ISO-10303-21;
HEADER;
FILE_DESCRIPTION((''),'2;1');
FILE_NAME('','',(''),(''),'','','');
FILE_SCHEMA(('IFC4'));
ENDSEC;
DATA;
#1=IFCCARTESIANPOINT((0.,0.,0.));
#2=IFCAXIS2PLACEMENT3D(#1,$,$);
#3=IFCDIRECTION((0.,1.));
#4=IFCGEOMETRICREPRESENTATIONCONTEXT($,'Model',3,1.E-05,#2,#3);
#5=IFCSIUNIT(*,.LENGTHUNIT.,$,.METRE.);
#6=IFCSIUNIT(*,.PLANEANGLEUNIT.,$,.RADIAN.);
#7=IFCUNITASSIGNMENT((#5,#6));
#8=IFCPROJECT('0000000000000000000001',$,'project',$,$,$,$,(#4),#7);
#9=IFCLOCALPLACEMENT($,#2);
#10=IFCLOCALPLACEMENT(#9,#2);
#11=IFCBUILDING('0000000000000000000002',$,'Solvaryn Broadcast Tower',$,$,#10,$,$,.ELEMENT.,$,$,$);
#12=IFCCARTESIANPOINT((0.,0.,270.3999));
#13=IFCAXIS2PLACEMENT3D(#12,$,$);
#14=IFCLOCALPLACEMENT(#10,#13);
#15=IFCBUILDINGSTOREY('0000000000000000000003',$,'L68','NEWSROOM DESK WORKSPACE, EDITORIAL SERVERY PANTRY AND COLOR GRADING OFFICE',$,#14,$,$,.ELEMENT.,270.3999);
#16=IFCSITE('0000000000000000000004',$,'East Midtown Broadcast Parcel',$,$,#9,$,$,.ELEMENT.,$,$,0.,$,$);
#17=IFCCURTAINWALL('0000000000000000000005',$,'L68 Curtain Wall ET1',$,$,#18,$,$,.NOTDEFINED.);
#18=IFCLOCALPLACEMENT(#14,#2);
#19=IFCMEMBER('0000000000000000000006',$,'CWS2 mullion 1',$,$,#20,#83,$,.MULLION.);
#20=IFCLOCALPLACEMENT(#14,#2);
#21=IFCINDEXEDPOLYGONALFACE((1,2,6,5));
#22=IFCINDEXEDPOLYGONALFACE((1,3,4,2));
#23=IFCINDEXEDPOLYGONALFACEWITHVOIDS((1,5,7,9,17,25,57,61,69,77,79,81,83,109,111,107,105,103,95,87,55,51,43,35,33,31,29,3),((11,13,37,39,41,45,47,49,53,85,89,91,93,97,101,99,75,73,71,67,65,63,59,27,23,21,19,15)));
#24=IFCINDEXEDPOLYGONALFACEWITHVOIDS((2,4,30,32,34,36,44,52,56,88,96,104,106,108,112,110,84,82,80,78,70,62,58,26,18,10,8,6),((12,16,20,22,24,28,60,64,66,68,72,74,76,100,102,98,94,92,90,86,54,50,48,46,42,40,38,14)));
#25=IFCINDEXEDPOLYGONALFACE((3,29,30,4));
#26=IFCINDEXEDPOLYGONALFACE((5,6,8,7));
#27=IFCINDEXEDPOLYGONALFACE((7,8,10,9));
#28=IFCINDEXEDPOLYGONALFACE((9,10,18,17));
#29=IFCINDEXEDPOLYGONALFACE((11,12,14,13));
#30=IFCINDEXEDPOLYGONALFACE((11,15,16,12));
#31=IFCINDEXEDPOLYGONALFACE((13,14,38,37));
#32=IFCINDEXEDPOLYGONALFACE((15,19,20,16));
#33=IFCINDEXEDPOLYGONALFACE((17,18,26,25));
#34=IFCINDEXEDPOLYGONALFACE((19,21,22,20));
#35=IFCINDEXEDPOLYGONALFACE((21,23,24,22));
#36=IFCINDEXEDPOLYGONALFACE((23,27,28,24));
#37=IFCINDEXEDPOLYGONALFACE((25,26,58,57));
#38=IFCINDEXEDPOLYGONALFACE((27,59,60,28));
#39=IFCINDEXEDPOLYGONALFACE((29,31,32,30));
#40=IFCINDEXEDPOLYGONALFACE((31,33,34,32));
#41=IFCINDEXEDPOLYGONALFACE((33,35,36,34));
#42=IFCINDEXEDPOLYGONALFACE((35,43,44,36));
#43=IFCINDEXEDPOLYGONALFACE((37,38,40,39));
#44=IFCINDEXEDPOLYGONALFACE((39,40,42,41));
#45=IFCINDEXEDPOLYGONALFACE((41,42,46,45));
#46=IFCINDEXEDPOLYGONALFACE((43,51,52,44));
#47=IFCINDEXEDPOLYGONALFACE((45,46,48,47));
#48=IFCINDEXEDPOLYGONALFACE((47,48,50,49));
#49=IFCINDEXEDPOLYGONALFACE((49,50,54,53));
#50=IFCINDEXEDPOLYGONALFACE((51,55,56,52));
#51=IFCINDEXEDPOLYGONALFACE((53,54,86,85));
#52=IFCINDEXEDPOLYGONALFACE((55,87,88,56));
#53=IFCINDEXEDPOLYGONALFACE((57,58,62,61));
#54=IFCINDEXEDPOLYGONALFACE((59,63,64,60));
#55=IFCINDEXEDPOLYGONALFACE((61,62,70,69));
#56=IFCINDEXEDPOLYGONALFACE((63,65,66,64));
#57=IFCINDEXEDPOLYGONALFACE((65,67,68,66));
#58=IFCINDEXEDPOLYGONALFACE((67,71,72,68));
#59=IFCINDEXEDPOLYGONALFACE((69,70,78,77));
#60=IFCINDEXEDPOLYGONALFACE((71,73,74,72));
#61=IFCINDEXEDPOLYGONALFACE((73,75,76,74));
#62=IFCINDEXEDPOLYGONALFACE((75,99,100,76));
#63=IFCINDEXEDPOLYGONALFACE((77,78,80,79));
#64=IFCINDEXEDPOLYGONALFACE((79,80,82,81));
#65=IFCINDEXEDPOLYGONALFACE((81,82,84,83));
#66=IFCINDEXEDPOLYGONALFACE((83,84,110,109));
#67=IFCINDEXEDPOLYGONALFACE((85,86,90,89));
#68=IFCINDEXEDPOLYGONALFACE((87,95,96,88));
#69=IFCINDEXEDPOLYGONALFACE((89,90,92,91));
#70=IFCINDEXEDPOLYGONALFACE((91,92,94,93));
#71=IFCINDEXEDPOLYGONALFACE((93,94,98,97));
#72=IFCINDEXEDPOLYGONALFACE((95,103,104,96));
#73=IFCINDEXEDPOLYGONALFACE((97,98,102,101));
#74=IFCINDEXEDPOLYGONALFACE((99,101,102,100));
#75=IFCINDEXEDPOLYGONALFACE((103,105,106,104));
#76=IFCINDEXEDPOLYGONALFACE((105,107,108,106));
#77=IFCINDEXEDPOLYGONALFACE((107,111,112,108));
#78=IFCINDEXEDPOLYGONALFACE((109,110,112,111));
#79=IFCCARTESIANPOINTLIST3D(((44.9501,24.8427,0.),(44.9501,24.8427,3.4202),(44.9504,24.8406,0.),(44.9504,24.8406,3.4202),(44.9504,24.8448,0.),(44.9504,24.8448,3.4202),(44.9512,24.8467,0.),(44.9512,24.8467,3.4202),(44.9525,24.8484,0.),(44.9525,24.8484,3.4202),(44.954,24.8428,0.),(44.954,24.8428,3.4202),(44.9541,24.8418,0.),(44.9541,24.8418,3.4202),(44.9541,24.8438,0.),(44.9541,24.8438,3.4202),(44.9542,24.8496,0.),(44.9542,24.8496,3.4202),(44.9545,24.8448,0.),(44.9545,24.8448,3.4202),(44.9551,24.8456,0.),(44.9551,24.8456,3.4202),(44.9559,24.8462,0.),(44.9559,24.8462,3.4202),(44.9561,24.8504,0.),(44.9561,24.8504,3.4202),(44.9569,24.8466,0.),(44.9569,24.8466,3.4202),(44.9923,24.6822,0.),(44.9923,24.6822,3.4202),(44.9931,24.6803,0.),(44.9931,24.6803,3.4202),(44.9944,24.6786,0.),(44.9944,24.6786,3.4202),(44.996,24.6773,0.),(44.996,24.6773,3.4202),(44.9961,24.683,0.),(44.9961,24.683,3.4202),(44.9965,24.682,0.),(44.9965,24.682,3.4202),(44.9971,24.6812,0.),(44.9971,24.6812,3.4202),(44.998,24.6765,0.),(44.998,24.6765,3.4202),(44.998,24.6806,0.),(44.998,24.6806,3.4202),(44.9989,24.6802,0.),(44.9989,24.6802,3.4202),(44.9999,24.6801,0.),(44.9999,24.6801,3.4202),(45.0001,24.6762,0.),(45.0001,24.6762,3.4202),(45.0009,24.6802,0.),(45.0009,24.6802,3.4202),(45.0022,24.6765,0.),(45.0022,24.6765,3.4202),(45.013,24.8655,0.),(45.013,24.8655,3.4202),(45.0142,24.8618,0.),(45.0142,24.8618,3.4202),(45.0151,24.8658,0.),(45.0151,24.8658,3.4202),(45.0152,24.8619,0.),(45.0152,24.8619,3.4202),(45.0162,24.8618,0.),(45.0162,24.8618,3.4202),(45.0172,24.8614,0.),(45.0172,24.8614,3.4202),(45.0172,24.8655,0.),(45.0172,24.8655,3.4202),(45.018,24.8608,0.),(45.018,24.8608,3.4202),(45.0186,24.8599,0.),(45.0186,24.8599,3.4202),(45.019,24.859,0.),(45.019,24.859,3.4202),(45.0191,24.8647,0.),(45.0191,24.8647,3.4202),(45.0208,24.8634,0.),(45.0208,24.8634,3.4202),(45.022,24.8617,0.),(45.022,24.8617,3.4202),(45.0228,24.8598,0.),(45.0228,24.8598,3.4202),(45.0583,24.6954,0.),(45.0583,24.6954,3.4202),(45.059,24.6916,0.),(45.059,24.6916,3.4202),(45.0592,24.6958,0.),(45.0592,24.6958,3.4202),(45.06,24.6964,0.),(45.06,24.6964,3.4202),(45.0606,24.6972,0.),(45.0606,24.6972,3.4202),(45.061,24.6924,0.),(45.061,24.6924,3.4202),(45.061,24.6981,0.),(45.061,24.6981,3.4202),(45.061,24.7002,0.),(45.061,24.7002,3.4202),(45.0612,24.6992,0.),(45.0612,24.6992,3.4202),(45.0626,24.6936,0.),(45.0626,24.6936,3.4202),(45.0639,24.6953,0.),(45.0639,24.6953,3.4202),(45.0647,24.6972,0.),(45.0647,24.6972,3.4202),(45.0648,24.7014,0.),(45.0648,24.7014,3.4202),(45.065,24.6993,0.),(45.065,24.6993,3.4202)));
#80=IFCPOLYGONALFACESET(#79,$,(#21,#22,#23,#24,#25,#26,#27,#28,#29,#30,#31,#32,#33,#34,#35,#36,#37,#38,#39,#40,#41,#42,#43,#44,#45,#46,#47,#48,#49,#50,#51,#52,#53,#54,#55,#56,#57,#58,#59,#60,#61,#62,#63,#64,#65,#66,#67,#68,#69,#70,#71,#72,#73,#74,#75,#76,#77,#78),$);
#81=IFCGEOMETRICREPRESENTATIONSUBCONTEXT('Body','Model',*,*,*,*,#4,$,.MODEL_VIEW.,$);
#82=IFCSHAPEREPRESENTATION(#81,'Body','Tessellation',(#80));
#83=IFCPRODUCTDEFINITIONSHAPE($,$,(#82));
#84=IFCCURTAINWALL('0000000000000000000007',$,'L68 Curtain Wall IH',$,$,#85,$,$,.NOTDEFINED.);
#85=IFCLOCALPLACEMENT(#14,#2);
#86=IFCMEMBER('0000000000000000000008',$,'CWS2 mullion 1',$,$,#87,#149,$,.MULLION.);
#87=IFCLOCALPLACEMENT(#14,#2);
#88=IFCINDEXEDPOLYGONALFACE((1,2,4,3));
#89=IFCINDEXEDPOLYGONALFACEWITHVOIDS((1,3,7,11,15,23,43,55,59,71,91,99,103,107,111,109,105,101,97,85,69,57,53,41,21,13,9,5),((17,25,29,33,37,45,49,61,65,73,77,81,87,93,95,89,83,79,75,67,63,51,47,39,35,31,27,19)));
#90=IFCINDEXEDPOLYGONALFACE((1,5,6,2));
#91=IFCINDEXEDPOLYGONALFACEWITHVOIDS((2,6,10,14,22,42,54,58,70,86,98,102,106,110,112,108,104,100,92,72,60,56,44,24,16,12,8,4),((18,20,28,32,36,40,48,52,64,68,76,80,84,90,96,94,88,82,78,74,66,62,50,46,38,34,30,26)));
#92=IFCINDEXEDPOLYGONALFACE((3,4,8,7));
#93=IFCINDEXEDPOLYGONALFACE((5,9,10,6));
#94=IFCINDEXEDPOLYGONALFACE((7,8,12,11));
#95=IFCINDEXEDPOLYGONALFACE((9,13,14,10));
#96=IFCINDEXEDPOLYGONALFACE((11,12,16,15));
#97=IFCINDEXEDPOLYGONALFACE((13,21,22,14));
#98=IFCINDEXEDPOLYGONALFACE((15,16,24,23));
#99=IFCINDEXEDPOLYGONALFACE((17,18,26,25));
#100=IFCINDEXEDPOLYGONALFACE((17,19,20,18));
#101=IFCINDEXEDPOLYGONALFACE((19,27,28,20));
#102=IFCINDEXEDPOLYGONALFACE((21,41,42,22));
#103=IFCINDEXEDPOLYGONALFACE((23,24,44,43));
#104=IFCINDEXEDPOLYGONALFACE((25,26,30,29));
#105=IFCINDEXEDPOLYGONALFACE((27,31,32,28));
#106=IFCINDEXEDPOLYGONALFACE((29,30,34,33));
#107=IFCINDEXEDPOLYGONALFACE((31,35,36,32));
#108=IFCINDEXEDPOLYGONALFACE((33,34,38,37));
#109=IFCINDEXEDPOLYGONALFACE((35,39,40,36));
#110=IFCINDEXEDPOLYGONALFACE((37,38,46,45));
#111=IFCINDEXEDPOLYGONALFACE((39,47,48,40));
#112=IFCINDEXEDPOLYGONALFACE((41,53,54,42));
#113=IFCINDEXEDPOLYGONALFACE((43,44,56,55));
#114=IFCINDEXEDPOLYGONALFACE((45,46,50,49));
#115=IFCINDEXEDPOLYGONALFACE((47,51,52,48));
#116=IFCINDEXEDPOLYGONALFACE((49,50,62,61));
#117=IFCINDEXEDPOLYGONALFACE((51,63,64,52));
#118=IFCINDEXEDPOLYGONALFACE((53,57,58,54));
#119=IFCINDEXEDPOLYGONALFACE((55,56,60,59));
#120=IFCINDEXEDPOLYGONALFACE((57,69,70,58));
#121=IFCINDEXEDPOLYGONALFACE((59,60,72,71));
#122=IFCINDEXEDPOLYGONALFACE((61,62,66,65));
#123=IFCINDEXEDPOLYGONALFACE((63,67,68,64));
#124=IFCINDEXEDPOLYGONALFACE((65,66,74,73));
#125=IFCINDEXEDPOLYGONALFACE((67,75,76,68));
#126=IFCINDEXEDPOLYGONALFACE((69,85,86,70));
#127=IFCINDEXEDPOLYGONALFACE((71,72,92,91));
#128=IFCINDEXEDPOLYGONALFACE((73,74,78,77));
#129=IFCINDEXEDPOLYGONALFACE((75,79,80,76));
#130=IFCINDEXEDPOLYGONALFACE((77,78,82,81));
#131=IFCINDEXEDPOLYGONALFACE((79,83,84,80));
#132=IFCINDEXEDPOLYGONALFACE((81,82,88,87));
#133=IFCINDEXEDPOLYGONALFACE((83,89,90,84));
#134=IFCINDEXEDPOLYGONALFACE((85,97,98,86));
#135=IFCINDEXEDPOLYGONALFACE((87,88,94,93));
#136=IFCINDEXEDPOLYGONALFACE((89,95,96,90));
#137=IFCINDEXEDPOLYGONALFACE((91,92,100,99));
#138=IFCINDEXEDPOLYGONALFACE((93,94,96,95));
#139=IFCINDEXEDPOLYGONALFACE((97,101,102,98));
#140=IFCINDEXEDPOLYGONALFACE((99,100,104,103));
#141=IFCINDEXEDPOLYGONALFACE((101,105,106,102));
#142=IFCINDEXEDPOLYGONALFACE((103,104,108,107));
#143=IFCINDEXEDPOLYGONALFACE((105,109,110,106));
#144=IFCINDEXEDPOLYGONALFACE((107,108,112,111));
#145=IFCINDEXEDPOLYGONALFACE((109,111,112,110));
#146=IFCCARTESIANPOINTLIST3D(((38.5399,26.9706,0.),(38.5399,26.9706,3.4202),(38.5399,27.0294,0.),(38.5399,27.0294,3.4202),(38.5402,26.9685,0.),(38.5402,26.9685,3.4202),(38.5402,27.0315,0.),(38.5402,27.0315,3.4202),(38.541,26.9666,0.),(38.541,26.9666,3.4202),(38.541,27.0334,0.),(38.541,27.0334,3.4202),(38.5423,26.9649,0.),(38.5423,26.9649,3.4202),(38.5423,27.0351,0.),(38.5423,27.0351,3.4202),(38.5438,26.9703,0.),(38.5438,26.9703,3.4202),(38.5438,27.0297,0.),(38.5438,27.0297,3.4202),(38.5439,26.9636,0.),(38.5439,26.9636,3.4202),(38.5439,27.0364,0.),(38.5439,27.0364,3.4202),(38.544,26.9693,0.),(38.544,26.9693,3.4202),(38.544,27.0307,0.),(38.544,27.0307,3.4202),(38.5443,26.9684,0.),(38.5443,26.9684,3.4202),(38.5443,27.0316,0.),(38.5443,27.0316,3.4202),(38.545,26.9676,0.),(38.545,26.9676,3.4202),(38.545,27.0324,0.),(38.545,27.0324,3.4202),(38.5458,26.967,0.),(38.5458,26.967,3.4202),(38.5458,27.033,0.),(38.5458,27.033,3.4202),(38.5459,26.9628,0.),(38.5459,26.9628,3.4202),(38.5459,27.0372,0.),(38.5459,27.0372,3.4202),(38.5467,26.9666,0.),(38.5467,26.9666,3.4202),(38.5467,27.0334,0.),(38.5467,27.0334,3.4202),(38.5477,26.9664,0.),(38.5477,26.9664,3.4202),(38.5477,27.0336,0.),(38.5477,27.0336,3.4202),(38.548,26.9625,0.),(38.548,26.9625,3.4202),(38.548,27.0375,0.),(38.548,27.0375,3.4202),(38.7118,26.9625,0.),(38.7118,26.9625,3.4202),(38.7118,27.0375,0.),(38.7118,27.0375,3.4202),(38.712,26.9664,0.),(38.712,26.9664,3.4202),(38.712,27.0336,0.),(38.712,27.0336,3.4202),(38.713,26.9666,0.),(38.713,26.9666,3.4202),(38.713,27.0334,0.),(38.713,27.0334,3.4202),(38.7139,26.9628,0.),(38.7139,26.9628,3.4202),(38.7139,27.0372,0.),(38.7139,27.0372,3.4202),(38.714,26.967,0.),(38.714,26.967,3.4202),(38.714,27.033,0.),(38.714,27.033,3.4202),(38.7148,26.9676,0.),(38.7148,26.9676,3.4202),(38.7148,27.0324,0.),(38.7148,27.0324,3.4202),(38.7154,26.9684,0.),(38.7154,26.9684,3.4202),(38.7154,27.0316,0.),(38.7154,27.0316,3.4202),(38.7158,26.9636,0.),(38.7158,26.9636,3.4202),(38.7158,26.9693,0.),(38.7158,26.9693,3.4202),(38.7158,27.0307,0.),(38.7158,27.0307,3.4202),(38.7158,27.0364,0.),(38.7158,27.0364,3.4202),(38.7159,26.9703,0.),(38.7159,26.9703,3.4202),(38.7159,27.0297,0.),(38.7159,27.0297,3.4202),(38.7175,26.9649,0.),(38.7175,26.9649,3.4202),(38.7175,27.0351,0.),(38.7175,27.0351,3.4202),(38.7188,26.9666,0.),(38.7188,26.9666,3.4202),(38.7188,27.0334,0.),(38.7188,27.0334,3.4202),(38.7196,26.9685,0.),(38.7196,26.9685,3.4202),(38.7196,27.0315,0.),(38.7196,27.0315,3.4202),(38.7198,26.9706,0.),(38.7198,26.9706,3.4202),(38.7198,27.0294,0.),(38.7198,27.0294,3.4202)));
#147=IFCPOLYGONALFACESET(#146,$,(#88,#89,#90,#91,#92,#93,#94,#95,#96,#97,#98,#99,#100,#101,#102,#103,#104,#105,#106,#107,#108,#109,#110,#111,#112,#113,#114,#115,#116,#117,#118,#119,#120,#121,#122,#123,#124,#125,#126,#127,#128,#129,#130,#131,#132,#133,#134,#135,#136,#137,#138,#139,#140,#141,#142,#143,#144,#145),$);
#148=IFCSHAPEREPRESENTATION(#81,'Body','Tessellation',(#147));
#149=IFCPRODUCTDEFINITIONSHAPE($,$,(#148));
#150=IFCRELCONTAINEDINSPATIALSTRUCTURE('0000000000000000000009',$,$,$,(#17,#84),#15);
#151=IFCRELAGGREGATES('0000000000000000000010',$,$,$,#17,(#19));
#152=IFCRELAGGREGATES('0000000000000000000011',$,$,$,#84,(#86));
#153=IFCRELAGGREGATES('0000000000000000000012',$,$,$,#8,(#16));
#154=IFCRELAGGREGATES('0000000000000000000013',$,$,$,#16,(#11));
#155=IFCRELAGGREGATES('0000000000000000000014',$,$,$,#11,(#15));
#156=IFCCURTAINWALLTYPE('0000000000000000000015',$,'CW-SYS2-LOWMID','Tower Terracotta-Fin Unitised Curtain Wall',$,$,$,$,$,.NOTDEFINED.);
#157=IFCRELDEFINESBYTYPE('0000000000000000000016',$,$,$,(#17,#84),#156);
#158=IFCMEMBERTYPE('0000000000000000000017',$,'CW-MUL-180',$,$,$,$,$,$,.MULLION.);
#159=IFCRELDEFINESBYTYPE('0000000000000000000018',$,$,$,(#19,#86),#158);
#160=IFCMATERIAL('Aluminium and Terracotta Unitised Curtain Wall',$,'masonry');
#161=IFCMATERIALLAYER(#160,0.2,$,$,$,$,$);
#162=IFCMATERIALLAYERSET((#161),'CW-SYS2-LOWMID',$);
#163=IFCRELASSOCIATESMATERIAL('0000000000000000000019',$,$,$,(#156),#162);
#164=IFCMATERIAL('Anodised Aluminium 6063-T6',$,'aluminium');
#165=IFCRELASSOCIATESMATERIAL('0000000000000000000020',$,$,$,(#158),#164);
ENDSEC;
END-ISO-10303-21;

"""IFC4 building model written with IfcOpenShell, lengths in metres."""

from ifc_helpers import new_model, si_unit, direction, frame, origin, origin_2d, place, context, subcontext, project, spatial, hollow_rectangle, extrude, material, layer, layer_set, material_profile, profile_set, type_object, element, aggregate, save


model = new_model("IFC4")

# Units and contexts
model_context = context("Model", 3, precision=1e-05, world=origin(), true_north=direction((0.0, 1.0)))
body_context = subcontext(model_context, "Body", "Model", "MODEL_VIEW")
ifc_project = project(units=[si_unit("LENGTHUNIT", "METRE"), si_unit("PLANEANGLEUNIT", "RADIAN")], contexts=[model_context])

# Site, building, storey
site_placement = place(None, origin())
site = spatial("IfcSite", under=ifc_project, at=site_placement, Name="East Midtown Broadcast Parcel", CompositionType="ELEMENT", RefElevation=0.0)
building_placement = place(site_placement, origin())
building = spatial("IfcBuilding", under=site, at=building_placement, Name="Solvaryn Broadcast Tower", CompositionType="ELEMENT")
storey_placement = place(building_placement, frame((0.0, 0.0, 270.3999)))
storey = spatial("IfcBuildingStorey", under=building, at=storey_placement, Name="L68", Description="NEWSROOM DESK WORKSPACE, EDITORIAL SERVERY PANTRY AND COLOR GRADING OFFICE", CompositionType="ELEMENT", Elevation=270.3999)

# Curtain wall, member
ifc_material_1 = material(Name="Aluminium and Terracotta Unitised Curtain Wall", Category="masonry")
ifc_layer_1 = layer(ifc_material_1, 0.2)
ifc_layer_set_1 = layer_set([ifc_layer_1], Name="CW-SYS2-LOWMID")
curtain_wall_type = type_object("IfcCurtainWallType", Name="CW-SYS2-LOWMID", Description="Tower Terracotta-Fin Unitised Curtain Wall", PredefinedType="NOTDEFINED", material=ifc_layer_set_1)
curtain_wall_1_placement = place(storey_placement, origin())
curtain_wall_1 = element("IfcCurtainWall", 1, at=curtain_wall_1_placement, inside=storey, type_object=curtain_wall_type, Name="L68 Curtain Wall ET1", PredefinedType="NOTDEFINED")
ifc_material_2 = material(Name="Anodised Aluminium 6063-T6", Category="aluminium")
ifc_material_profile_1 = material_profile(ifc_material_2, hollow_rectangle(XDim=0.075, YDim=0.1799, WallThickness=0.0039, InnerFilletRadius=0.0039, OuterFilletRadius=0.0081, at=origin_2d()))
ifc_profile_set_1 = profile_set([ifc_material_profile_1], Name="Anodised Aluminium 6063-T6")
member_type_1 = type_object("IfcMemberType", Name="CW-MUL-180", PredefinedType="MULLION", material=ifc_profile_set_1)
member_1_placement = place(storey_placement, frame((45.0076, 24.771, 0.0), z_axis=(0.0, 0.0, 1.0), x_axis=(0.966705, 0.255893, 0.0)))
member_1 = element("IfcMember", 2, at=member_1_placement, type_object=member_type_1, Name="CWS2 mullion 1", PredefinedType="MULLION", context=body_context, shape_type="SweptSolid", body=[
    extrude(hollow_rectangle(XDim=0.075, YDim=0.1799, WallThickness=0.0039, InnerFilletRadius=0.0039, OuterFilletRadius=0.0081, at=origin_2d()), origin(), (0.0, 0.0, 1.0), 3.4202),
])

# Curtain wall, member
curtain_wall_2_placement = place(storey_placement, origin())
curtain_wall_2 = element("IfcCurtainWall", 3, at=curtain_wall_2_placement, inside=storey, type_object=curtain_wall_type, Name="L68 Curtain Wall IH", PredefinedType="NOTDEFINED")
member_2_placement = place(storey_placement, frame((38.6299, 27.0, 0.0), z_axis=(0.0, 0.0, 1.0), x_axis=(0.0, 1.0, 0.0)))
member_2 = element("IfcMember", 4, at=member_2_placement, type_object=member_type_1, Name="CWS2 mullion 1", PredefinedType="MULLION", context=body_context, shape_type="SweptSolid", body=[
    extrude(hollow_rectangle(XDim=0.075, YDim=0.1799, WallThickness=0.0039, InnerFilletRadius=0.0039, OuterFilletRadius=0.0081, at=origin_2d()), origin(), (0.0, 0.0, 1.0), 3.4202),
])

aggregate(curtain_wall_1, [member_1])

aggregate(curtain_wall_2, [member_2])

save(model, "model.ifc")
